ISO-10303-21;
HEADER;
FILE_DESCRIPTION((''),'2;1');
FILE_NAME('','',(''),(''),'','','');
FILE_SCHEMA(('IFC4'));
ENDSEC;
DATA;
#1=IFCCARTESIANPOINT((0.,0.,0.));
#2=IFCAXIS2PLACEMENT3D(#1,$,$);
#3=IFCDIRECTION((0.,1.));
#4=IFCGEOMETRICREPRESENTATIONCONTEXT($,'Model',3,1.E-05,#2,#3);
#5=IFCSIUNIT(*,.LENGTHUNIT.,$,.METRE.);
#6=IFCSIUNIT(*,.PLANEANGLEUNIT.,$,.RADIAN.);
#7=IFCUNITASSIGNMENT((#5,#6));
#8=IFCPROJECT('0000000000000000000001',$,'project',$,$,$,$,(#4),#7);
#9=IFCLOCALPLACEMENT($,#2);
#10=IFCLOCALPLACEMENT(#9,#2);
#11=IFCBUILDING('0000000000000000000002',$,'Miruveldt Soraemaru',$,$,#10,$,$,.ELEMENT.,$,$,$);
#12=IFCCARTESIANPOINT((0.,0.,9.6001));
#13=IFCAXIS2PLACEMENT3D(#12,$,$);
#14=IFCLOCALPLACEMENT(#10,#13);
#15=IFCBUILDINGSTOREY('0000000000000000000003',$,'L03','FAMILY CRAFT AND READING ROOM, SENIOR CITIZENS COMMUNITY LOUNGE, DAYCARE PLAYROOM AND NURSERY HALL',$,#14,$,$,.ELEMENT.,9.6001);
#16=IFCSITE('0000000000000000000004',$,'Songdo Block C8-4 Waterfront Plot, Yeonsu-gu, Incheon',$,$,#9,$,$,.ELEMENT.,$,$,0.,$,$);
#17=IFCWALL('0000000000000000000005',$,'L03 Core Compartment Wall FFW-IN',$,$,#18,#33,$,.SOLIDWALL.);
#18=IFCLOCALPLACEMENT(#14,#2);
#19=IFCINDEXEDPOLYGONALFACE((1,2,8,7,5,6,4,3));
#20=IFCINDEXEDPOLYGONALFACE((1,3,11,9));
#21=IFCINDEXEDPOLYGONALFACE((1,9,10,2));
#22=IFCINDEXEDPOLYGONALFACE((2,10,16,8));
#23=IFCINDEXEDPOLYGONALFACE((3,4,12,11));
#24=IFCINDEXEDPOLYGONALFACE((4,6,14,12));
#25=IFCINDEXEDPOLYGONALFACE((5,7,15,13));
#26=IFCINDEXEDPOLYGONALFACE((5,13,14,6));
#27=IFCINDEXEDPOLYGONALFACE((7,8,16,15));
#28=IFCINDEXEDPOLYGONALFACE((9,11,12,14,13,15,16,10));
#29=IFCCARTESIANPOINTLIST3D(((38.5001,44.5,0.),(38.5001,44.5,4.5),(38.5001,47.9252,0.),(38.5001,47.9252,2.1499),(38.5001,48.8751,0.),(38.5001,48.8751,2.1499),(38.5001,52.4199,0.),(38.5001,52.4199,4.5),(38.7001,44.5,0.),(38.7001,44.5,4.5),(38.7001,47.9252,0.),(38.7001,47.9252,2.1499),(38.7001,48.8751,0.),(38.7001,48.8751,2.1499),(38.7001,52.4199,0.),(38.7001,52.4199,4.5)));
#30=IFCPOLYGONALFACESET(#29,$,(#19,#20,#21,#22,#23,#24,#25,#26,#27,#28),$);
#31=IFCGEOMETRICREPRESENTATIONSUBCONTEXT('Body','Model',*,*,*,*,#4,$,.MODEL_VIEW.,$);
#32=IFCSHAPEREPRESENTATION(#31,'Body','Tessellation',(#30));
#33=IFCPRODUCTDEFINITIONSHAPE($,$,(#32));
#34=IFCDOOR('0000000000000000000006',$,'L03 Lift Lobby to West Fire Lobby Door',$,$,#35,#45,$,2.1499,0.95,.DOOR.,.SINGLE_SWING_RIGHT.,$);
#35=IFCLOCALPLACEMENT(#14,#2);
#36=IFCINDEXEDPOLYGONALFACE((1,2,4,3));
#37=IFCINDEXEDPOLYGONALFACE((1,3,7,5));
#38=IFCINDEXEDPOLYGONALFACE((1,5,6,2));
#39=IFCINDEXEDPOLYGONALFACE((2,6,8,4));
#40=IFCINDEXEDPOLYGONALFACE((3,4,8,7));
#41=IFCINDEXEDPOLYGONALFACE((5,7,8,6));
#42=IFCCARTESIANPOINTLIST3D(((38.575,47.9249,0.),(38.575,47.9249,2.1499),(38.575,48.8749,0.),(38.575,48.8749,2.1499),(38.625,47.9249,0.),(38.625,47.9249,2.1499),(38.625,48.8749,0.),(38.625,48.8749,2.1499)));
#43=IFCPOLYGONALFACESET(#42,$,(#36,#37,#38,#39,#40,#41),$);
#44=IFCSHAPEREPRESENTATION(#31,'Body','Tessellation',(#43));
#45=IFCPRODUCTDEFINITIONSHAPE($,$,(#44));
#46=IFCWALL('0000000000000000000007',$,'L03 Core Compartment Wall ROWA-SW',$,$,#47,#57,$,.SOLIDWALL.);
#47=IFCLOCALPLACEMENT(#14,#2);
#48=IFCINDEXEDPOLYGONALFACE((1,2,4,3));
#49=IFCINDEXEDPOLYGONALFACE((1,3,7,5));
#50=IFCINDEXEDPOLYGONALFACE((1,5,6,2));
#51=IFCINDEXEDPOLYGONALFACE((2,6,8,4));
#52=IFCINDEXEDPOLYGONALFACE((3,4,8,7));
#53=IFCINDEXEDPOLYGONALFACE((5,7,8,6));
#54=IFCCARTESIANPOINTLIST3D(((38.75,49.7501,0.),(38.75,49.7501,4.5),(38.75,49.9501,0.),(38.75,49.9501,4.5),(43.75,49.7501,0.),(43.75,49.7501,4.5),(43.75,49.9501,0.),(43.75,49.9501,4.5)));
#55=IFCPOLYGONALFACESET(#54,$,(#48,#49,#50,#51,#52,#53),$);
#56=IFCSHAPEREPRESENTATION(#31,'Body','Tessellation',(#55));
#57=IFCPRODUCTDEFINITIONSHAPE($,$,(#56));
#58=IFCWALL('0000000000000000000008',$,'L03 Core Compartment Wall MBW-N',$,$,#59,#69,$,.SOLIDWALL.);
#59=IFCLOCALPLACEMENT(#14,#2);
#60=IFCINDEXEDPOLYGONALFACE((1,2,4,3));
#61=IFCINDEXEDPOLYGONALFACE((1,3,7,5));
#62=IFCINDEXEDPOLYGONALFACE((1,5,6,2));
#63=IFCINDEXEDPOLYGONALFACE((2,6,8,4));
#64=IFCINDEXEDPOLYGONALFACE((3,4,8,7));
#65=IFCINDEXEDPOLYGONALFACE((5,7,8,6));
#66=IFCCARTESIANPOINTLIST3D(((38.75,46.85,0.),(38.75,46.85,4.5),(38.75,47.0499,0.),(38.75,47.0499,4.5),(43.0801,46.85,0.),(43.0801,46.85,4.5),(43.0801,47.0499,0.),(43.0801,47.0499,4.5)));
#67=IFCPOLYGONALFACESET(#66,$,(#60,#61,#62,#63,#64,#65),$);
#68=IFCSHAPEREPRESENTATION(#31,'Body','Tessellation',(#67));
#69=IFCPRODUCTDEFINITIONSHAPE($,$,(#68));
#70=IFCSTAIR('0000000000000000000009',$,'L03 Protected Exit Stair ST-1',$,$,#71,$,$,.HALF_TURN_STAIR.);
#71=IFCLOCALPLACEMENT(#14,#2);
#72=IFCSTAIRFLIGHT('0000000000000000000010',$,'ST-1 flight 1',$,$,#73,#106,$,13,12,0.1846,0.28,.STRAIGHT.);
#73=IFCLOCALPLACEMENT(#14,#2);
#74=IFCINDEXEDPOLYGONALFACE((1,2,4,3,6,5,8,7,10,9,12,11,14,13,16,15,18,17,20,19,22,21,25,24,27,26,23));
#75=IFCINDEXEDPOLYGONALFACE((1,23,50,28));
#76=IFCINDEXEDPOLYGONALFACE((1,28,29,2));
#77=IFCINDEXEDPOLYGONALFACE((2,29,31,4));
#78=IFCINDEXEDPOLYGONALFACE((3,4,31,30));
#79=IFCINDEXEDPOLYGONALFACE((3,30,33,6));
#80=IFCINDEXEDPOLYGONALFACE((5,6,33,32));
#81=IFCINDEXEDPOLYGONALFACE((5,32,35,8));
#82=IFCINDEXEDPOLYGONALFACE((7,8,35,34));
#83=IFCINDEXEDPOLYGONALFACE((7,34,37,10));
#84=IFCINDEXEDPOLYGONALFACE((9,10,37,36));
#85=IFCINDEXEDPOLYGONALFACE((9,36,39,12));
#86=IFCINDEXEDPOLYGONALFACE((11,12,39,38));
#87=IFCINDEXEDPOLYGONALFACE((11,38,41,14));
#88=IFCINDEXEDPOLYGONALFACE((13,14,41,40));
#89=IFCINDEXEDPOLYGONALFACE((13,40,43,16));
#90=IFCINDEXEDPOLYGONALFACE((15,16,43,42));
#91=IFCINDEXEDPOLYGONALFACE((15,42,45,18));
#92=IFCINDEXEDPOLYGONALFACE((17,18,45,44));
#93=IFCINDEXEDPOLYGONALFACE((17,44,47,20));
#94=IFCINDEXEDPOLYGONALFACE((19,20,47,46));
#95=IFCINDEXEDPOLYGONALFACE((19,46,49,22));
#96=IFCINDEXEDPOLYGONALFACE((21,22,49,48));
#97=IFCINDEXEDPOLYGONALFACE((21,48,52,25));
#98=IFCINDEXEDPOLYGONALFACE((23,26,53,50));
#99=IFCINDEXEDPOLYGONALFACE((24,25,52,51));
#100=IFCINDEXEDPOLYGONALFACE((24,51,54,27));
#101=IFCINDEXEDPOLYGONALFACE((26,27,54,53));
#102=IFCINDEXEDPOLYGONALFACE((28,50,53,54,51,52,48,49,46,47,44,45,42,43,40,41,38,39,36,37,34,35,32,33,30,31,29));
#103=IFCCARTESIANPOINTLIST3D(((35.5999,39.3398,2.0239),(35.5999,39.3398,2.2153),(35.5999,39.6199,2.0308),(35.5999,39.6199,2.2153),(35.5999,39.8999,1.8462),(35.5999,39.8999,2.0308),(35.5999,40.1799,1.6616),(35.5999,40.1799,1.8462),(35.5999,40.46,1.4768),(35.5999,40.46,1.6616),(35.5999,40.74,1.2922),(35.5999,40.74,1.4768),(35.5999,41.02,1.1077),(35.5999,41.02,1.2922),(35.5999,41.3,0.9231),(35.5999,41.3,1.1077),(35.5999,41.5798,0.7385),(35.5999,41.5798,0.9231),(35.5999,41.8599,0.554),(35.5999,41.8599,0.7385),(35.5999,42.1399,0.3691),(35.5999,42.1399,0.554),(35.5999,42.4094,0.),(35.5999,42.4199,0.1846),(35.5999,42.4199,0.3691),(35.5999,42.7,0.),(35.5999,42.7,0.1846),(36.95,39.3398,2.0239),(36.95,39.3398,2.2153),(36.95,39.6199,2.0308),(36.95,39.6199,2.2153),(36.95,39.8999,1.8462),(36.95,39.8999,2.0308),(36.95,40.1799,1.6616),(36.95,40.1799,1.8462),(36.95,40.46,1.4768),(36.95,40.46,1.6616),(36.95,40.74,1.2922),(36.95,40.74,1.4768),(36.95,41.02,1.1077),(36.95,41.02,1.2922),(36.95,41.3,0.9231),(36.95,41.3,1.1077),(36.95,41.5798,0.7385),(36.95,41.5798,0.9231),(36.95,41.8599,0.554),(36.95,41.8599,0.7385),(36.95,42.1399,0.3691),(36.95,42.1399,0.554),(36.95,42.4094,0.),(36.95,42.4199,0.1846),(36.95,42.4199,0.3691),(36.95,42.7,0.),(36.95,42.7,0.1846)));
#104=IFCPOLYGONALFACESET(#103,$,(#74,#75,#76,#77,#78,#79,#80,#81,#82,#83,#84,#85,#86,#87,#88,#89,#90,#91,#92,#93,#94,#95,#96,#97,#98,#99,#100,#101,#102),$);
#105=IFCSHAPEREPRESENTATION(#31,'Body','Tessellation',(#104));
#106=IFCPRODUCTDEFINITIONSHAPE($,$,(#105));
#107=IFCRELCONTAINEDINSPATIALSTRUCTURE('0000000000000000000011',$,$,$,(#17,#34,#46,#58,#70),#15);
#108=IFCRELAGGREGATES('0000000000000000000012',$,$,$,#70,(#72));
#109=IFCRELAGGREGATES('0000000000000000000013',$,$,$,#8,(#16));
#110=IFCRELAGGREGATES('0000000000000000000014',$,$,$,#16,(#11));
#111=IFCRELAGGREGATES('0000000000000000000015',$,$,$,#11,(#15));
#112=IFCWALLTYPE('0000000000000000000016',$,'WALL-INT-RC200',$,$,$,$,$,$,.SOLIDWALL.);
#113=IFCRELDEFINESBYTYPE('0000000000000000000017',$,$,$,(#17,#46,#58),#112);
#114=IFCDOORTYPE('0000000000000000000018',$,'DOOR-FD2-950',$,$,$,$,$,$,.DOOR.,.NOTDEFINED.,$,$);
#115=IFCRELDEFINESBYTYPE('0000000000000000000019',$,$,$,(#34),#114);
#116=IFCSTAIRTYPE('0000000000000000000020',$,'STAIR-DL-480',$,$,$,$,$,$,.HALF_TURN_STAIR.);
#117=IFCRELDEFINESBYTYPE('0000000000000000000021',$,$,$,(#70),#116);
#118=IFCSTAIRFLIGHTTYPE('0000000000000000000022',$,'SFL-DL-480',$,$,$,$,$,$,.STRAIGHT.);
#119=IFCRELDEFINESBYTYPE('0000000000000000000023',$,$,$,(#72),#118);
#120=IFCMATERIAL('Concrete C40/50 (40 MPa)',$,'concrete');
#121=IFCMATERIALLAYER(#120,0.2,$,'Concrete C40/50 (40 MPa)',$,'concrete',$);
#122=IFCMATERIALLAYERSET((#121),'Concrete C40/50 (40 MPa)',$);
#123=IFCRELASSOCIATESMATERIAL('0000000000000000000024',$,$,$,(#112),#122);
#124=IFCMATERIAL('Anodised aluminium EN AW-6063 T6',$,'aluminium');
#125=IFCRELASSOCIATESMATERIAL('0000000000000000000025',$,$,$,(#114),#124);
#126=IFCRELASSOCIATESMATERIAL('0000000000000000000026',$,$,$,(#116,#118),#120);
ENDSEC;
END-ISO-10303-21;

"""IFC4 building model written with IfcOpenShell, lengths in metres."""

from ifc_helpers import new_model, si_unit, direction, frame, frame_2d, origin, place, context, subcontext, project, spatial, polyline, rectangle, outline, extrude, material, layer, layer_set, type_object, element, fill, aggregate, save


model = new_model("IFC4")

# Units and contexts
model_context = context("Model", 3, precision=1e-05, world=origin(), true_north=direction((0.0, 1.0)))
body_context = subcontext(model_context, "Body", "Model", "MODEL_VIEW")
ifc_project = project(units=[si_unit("LENGTHUNIT", "METRE"), si_unit("PLANEANGLEUNIT", "RADIAN")], contexts=[model_context])

# Site, building, storey
site_placement = place(None, origin())
site = spatial("IfcSite", under=ifc_project, at=site_placement, Name="Songdo Block C8-4 Waterfront Plot, Yeonsu-gu, Incheon", CompositionType="ELEMENT", RefElevation=0.0)
building_placement = place(site_placement, origin())
building = spatial("IfcBuilding", under=site, at=building_placement, Name="Miruveldt Soraemaru", CompositionType="ELEMENT")
storey_placement = place(building_placement, frame((0.0, 0.0, 9.6001)))
storey = spatial("IfcBuildingStorey", under=building, at=storey_placement, Name="L03", Description="FAMILY CRAFT AND READING ROOM, SENIOR CITIZENS COMMUNITY LOUNGE, DAYCARE PLAYROOM AND NURSERY HALL", CompositionType="ELEMENT", Elevation=9.6001)

# Shared definitions
ifc_material_1 = material(Name="Concrete C40/50 (40 MPa)", Category="concrete")
ifc_material_2 = material(Name="Anodised aluminium EN AW-6063 T6", Category="aluminium")

# Wall, opening, door
ifc_layer_1 = layer(ifc_material_1, 0.2, Name="Concrete C40/50 (40 MPa)", Category="concrete")
ifc_layer_set_1 = layer_set([ifc_layer_1], Name="Concrete C40/50 (40 MPa)")
wall_type_1 = type_object("IfcWallType", Name="WALL-INT-RC200", PredefinedType="SOLIDWALL", material=ifc_layer_set_1)
wall_1_placement = place(storey_placement, frame((38.6001, 44.5, 0.0), z_axis=(0.0, 0.0, 1.0), x_axis=(0.0, 1.0, 0.0)))
wall_1 = element("IfcWall", 1, at=wall_1_placement, inside=storey, type_object=wall_type_1, Name="L03 Core Compartment Wall FFW-IN", PredefinedType="SOLIDWALL", context=body_context, shape_type="SweptSolid", body=[
    extrude(rectangle(XDim=7.9199, YDim=0.2, at=frame_2d((3.96, 0.0))), origin(), (0.0, 0.0, 1.0), 4.5),
])
opening_1_placement = place(wall_1_placement, frame((3.425, 0.0, 0.0)))
opening_1 = element("IfcOpeningElement", 2, at=opening_1_placement, cuts=wall_1, PredefinedType="OPENING", context=body_context, shape_type="SweptSolid", body=[
    extrude(rectangle(XDim=0.95, YDim=2.1499, at=frame_2d((0.4751, 1.075))), frame((0.0, 0.1099, 0.0), z_axis=(0.0, -1.0, 0.0), x_axis=(1.0, 0.0, 0.0)), (0.0, 0.0, 1.0), 0.22),
])
door_type_1 = type_object("IfcDoorType", Name="DOOR-FD2-950", OperationType="NOTDEFINED", PredefinedType="DOOR", material=ifc_material_2)
door_1_placement = place(opening_1_placement, frame((0.95, 0.0, 0.0), z_axis=(0.0, 0.0, 1.0), x_axis=(-1.0, 0.0, 0.0)))
door_1 = element("IfcDoor", 3, at=door_1_placement, inside=storey, type_object=door_type_1, Name="L03 Lift Lobby to West Fire Lobby Door", OperationType="SINGLE_SWING_RIGHT", OverallHeight=2.1499, OverallWidth=0.95, PredefinedType="DOOR", context=body_context, shape_type="SweptSolid", body=[
    extrude(rectangle(XDim=0.95, YDim=2.1499, at=frame_2d((0.4751, 1.075))), frame((0.0, 0.0249, 0.0), z_axis=(0.0, -1.0, 0.0), x_axis=(1.0, 0.0, 0.0)), (0.0, 0.0, 1.0), 0.05),
])
fill(opening_1, door_1)

# Walls
wall_2_placement = place(storey_placement, frame((38.75, 49.8501, 0.0), z_axis=(0.0, 0.0, 1.0), x_axis=(1.0, 0.0, 0.0)))
element("IfcWall", 4, at=wall_2_placement, inside=storey, type_object=wall_type_1, Name="L03 Core Compartment Wall ROWA-SW", PredefinedType="SOLIDWALL", context=body_context, shape_type="SweptSolid", body=[
    extrude(rectangle(XDim=5.0, YDim=0.2, at=frame_2d((2.5, 0.0))), origin(), (0.0, 0.0, 1.0), 4.5),
])
wall_3_placement = place(storey_placement, frame((38.75, 46.95, 0.0), z_axis=(0.0, 0.0, 1.0), x_axis=(1.0, 0.0, 0.0)))
element("IfcWall", 5, at=wall_3_placement, inside=storey, type_object=wall_type_1, Name="L03 Core Compartment Wall MBW-N", PredefinedType="SOLIDWALL", context=body_context, shape_type="SweptSolid", body=[
    extrude(rectangle(XDim=4.3301, YDim=0.2, at=frame_2d((2.165, 0.0))), origin(), (0.0, 0.0, 1.0), 4.5),
])

# Stair, stair flight
stair_type = type_object("IfcStairType", Name="STAIR-DL-480", PredefinedType="HALF_TURN_STAIR", material=ifc_material_1)
stair_placement = place(storey_placement, origin())
stair = element("IfcStair", 6, at=stair_placement, inside=storey, type_object=stair_type, Name="L03 Protected Exit Stair ST-1", PredefinedType="HALF_TURN_STAIR")
stair_flight_type = type_object("IfcStairFlightType", Name="SFL-DL-480", PredefinedType="STRAIGHT", material=ifc_material_1)
stair_flight_placement = place(storey_placement, frame((36.2749, 42.7, 0.0), z_axis=(0.0, 0.0, 1.0), x_axis=(0.0, -1.0, 0.0)))
stair_flight = element("IfcStairFlight", 7, at=stair_flight_placement, type_object=stair_flight_type, Name="ST-1 flight 1", NumberOfRisers=13, NumberOfTreads=12, PredefinedType="STRAIGHT", RiserHeight=0.1846, TreadLength=0.28, context=body_context, shape_type="SweptSolid", body=[
    extrude(outline(polyline([(0.0, 0.0), (0.0, 0.1846), (0.28, 0.1846), (0.28, 0.3691), (0.5601, 0.3691), (0.5601, 0.554), (0.8401, 0.554), (0.8401, 0.7385), (1.1201, 0.7385), (1.1201, 0.9231), (1.3999, 0.9231), (1.3999, 1.1077), (1.6799, 1.1077), (1.6799, 1.2922), (1.96, 1.2922), (1.96, 1.4768), (2.24, 1.4768), (2.24, 1.6616), (2.52, 1.6616), (2.52, 1.8462), (2.8, 1.8462), (2.8, 2.0308), (3.0801, 2.0308), (3.0801, 2.2153), (3.3601, 2.2153), (3.3601, 2.3999), (3.3601, 2.0239), (0.2905, 0.0), (0.0, 0.0)])), frame((0.0, 0.675, 0.0), z_axis=(0.0, -1.0, 0.0), x_axis=(1.0, 0.0, 0.0)), (0.0, 0.0, 1.0), 1.3501),
])
aggregate(stair, [stair_flight])

save(model, "model.ifc")
